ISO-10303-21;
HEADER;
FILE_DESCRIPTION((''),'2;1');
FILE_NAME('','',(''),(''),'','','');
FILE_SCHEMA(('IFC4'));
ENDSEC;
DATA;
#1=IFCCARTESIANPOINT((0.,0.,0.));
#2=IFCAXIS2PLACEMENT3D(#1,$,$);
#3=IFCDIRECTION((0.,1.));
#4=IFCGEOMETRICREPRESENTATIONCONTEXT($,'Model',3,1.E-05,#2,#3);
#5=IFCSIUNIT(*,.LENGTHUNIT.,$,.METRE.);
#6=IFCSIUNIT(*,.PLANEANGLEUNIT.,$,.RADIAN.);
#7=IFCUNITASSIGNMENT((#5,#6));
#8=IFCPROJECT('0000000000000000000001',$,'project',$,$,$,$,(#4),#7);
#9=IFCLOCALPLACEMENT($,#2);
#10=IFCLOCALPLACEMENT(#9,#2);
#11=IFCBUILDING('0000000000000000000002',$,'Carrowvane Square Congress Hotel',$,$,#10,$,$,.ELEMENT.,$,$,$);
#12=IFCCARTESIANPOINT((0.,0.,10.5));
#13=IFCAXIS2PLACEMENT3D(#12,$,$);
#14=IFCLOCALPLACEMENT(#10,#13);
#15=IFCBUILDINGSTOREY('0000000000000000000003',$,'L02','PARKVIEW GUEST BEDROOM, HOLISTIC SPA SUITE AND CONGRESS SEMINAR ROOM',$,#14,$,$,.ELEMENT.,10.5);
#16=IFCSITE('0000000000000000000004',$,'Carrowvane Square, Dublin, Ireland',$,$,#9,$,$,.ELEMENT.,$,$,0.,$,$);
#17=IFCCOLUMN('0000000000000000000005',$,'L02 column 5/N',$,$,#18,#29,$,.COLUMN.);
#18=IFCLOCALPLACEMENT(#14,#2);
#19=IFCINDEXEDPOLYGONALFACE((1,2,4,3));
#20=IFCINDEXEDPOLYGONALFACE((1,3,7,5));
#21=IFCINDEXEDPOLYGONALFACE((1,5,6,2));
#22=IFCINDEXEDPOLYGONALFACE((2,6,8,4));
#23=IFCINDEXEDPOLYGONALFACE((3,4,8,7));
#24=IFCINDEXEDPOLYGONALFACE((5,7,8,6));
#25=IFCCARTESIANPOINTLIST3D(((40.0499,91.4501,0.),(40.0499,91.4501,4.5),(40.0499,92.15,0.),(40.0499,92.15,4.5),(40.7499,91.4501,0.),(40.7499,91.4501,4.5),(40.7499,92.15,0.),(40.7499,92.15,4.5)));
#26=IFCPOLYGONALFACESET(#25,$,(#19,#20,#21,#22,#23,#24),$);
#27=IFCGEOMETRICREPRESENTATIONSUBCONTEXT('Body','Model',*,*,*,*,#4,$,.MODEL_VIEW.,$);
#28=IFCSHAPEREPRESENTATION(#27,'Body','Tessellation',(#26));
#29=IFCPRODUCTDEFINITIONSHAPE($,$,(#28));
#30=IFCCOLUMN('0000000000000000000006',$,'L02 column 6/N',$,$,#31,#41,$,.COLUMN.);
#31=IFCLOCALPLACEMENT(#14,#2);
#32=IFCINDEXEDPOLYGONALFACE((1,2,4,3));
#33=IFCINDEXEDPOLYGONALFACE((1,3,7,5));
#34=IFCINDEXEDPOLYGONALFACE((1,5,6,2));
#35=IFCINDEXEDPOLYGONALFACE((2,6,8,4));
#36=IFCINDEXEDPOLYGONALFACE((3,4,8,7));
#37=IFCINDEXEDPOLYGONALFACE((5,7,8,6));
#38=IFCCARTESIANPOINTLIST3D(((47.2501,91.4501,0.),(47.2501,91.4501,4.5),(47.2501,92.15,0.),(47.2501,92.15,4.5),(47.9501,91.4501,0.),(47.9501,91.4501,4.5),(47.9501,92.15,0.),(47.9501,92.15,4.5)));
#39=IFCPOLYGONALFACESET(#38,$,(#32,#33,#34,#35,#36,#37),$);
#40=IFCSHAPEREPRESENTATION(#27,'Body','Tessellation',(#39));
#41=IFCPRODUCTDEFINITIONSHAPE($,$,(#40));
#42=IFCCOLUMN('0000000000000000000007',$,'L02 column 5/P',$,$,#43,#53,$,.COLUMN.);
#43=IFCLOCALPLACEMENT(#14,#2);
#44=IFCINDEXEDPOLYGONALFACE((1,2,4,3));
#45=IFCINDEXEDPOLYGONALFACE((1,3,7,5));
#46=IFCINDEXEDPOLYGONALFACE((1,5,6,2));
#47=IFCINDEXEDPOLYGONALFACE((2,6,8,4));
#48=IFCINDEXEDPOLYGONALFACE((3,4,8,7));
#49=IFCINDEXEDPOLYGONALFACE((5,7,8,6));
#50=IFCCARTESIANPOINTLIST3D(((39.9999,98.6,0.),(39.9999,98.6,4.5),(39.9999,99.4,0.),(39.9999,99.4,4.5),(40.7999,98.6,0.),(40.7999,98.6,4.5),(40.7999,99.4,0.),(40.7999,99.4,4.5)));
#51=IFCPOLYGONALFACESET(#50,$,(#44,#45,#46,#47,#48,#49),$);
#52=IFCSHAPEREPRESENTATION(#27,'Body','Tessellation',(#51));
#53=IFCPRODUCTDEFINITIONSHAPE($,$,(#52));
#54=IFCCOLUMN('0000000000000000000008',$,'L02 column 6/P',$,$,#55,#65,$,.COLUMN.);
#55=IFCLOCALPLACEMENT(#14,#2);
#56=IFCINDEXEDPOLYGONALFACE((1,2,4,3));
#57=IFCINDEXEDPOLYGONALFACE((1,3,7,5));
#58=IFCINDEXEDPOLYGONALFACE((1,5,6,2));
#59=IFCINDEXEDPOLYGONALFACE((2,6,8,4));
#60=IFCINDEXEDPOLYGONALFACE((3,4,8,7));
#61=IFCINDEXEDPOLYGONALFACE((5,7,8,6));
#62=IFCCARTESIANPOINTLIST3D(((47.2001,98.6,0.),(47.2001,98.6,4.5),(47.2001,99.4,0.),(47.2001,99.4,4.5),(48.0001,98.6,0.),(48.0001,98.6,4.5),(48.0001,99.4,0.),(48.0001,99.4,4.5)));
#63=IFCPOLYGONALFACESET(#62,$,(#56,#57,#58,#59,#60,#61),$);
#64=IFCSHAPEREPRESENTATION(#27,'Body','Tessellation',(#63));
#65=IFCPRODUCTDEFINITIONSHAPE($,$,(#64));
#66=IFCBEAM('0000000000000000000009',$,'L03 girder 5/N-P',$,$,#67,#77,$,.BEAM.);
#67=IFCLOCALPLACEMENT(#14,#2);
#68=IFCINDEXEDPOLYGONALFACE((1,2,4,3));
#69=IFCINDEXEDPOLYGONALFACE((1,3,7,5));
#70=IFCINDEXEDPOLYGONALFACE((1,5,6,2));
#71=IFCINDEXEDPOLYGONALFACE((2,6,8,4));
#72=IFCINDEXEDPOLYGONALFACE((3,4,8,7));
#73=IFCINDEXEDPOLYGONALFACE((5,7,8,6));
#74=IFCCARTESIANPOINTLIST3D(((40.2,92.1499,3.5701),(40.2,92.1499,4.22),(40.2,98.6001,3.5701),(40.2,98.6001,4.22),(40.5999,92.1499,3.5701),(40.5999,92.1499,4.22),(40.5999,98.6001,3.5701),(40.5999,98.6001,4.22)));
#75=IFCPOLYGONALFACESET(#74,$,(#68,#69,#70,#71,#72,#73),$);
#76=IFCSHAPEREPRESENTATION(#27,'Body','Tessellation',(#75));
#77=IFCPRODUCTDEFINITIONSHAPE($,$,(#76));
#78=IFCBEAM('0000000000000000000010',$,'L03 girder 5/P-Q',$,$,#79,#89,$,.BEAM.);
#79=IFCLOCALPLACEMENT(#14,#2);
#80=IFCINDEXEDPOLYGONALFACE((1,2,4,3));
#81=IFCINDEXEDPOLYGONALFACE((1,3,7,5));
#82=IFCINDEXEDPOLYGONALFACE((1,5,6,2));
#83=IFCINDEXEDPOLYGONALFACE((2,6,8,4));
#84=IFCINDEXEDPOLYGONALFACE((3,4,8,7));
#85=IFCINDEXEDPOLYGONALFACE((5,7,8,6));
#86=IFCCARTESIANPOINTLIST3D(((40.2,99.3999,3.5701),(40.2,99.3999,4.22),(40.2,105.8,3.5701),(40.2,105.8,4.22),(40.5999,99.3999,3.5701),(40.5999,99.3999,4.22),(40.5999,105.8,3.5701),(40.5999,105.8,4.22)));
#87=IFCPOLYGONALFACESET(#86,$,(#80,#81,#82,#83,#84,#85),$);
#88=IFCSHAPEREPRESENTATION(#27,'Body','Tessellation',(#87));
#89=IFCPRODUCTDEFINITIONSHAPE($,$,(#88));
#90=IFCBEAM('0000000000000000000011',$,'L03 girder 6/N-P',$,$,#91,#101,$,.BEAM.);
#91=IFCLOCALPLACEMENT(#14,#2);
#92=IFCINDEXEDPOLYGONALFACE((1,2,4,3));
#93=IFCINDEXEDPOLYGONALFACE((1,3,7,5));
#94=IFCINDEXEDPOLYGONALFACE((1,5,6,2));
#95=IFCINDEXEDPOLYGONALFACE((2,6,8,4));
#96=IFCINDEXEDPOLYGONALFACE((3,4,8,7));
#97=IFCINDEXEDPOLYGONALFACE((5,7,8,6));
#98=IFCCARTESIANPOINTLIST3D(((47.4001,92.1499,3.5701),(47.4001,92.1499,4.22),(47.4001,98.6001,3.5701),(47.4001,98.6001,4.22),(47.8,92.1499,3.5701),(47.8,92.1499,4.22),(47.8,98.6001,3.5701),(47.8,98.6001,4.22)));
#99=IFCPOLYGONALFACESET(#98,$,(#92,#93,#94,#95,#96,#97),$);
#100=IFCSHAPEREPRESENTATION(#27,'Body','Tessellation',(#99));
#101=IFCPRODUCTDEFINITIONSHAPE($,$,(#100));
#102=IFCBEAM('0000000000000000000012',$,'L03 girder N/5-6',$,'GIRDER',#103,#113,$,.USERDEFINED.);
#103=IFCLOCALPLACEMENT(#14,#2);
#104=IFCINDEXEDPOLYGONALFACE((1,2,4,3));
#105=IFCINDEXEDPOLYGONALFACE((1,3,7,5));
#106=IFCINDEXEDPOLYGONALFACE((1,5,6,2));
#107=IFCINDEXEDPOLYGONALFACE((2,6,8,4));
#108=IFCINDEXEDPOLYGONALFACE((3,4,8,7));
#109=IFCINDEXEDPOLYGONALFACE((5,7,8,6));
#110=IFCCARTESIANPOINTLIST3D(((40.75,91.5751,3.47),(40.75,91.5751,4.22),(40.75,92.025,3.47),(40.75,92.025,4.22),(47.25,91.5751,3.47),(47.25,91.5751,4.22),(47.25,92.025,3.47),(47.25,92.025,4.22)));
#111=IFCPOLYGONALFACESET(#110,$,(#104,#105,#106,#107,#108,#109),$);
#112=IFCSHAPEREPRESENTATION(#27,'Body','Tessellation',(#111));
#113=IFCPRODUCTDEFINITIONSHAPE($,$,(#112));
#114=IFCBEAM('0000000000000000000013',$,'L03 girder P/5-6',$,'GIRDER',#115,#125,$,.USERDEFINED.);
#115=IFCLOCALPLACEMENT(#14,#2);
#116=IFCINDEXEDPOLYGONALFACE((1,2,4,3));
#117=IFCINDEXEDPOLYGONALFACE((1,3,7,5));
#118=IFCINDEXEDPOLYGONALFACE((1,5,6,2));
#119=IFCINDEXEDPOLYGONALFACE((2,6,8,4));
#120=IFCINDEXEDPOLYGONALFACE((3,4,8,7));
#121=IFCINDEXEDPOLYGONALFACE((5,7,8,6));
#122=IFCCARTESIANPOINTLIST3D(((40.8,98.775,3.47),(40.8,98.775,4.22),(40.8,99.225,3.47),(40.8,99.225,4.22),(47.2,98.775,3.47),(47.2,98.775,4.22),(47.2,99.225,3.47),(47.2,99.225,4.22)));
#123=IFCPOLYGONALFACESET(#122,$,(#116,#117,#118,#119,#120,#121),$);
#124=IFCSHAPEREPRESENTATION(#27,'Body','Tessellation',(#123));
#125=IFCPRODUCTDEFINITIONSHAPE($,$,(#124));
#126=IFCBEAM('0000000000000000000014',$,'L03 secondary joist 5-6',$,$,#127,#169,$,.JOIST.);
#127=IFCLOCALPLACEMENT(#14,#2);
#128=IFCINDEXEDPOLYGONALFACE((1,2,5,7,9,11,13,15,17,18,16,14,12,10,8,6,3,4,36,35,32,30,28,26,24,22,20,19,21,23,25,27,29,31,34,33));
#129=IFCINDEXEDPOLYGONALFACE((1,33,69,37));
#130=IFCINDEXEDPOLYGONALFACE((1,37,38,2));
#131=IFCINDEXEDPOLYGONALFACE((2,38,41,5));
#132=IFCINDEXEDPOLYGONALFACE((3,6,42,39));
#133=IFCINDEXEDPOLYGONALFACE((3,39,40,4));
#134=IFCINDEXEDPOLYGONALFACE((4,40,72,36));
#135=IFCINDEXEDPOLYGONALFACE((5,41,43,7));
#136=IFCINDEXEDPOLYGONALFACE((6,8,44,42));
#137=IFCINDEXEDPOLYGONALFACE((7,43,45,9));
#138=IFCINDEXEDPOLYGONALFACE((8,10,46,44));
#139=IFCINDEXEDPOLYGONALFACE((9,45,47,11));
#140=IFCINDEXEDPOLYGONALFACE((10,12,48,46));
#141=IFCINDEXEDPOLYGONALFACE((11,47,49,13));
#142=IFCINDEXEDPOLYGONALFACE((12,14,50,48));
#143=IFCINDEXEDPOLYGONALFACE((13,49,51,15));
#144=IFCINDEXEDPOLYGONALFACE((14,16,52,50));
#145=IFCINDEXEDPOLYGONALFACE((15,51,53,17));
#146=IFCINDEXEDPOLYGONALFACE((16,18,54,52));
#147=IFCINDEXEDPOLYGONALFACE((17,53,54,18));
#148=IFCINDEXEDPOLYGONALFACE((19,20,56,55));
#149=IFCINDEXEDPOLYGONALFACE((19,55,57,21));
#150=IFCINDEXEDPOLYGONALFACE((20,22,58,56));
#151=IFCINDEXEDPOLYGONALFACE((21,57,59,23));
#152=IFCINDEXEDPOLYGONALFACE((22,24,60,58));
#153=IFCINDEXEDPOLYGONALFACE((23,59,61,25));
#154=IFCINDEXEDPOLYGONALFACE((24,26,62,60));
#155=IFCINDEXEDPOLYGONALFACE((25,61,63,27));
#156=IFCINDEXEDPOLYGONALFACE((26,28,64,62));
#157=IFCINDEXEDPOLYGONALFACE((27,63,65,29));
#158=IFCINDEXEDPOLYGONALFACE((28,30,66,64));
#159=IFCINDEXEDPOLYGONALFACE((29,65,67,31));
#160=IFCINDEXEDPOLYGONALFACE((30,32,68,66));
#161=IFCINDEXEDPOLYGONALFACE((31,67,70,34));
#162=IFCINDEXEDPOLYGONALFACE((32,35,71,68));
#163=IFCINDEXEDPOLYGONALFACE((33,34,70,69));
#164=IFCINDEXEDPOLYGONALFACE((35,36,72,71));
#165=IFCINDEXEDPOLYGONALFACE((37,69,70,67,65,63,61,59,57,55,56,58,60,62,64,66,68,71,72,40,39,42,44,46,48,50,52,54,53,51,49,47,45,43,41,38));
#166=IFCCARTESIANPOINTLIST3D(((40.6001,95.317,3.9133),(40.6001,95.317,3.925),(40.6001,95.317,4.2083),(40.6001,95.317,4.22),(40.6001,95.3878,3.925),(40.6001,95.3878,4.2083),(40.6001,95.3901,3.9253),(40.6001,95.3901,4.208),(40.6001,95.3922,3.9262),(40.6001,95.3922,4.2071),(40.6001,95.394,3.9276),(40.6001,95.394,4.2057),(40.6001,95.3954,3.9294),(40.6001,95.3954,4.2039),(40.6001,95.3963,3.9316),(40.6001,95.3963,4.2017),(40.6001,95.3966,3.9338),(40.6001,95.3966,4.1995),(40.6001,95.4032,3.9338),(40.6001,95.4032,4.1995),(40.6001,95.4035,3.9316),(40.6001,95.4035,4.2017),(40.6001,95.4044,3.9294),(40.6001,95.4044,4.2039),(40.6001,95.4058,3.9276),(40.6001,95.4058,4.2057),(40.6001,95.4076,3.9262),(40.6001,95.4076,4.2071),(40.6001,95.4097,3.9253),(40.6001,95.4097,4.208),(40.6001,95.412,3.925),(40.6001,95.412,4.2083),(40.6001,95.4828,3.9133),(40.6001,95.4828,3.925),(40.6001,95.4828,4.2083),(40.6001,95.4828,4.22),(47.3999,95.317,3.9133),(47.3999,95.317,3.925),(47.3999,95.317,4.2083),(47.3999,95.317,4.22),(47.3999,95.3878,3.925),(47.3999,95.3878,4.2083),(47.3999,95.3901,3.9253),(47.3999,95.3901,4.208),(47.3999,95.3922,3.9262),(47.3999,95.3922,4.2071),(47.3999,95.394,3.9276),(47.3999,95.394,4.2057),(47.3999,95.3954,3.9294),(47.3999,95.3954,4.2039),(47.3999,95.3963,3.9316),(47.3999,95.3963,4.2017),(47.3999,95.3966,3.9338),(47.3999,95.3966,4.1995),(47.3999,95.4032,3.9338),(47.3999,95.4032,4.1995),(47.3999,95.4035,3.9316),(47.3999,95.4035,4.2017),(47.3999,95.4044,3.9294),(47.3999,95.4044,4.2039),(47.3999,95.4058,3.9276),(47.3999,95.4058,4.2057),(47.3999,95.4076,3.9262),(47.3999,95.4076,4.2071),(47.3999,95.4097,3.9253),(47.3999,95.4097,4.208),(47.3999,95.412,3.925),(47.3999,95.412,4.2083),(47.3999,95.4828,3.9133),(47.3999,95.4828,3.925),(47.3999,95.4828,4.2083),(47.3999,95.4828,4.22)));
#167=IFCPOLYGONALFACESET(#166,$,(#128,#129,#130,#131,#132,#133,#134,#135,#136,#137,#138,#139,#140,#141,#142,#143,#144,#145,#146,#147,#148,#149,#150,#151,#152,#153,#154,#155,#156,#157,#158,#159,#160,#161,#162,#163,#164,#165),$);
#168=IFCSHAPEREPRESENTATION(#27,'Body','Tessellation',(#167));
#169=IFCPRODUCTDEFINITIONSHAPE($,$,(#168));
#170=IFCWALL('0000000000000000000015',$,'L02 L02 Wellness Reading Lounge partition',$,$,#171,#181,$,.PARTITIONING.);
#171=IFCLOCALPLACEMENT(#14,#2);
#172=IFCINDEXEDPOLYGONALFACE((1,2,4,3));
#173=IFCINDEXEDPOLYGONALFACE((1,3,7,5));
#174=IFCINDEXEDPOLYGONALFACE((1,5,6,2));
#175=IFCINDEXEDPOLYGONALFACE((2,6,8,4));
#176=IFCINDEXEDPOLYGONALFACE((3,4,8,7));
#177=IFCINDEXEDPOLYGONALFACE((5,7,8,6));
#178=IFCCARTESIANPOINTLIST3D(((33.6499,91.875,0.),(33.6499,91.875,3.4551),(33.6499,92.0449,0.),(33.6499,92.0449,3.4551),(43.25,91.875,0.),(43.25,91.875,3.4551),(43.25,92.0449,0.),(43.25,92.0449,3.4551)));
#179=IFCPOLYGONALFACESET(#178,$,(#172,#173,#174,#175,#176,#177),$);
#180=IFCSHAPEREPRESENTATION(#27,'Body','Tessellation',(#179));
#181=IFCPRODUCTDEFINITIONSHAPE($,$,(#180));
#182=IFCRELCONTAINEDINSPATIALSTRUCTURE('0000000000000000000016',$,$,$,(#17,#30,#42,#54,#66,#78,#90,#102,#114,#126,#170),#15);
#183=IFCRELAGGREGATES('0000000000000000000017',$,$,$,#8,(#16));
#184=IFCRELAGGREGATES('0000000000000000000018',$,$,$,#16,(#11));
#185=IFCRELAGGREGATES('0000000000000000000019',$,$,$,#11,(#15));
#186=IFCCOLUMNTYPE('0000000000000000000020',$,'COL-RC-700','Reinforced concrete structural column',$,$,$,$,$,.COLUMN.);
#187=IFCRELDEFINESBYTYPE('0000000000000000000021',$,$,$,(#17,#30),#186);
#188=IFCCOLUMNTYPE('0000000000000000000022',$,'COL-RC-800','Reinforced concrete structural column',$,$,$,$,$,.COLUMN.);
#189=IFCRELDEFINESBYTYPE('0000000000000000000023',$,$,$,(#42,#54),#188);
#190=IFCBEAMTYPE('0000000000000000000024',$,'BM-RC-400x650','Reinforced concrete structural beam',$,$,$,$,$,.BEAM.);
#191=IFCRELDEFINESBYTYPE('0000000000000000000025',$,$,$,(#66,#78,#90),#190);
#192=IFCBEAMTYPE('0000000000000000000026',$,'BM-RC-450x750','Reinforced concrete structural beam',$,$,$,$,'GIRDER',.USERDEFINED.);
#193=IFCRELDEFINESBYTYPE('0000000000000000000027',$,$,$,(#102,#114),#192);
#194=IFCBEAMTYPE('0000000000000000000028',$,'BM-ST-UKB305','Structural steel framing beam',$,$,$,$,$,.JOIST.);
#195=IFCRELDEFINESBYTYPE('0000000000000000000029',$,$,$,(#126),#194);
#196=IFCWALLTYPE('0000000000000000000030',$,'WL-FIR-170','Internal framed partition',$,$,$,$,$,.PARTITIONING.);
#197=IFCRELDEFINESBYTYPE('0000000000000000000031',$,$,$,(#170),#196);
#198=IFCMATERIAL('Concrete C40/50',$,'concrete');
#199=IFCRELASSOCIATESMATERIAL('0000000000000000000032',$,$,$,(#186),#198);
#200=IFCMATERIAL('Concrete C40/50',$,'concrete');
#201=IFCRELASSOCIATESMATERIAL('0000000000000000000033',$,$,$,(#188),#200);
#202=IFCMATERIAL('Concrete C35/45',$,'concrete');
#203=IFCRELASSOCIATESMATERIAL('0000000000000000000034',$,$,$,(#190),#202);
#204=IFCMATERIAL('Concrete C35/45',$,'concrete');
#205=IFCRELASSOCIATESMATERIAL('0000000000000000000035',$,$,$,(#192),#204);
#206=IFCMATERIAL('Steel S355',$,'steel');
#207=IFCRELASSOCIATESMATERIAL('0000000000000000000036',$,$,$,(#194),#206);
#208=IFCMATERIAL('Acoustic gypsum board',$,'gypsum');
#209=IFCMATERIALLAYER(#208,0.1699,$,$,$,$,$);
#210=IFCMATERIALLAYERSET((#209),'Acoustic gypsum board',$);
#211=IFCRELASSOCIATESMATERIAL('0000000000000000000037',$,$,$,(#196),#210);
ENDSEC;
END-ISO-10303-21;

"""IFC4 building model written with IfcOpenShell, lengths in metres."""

from ifc_helpers import new_model, si_unit, direction, frame, frame_2d, origin, origin_2d, place, context, subcontext, project, spatial, rectangle, i_section, extrude, material, layer, layer_set, material_profile, profile_set, type_object, element, save


model = new_model("IFC4")

# Units and contexts
model_context = context("Model", 3, precision=1e-05, world=origin(), true_north=direction((0.0, 1.0)))
body_context = subcontext(model_context, "Body", "Model", "MODEL_VIEW")
ifc_project = project(units=[si_unit("LENGTHUNIT", "METRE"), si_unit("PLANEANGLEUNIT", "RADIAN")], contexts=[model_context])

# Site, building, storey
site_placement = place(None, origin())
site = spatial("IfcSite", under=ifc_project, at=site_placement, Name="Carrowvane Square, Dublin, Ireland", CompositionType="ELEMENT", RefElevation=0.0)
building_placement = place(site_placement, origin())
building = spatial("IfcBuilding", under=site, at=building_placement, Name="Carrowvane Square Congress Hotel", CompositionType="ELEMENT")
storey_placement = place(building_placement, frame((0.0, 0.0, 10.5)))
storey = spatial("IfcBuildingStorey", under=building, at=storey_placement, Name="L02", Description="PARKVIEW GUEST BEDROOM, HOLISTIC SPA SUITE AND CONGRESS SEMINAR ROOM", CompositionType="ELEMENT", Elevation=10.5)

# Columns
ifc_material_1 = material(Name="Concrete C40/50", Category="concrete")
ifc_material_profile_1 = material_profile(ifc_material_1, rectangle(XDim=0.7, YDim=0.7, at=origin_2d()), Name="RC 700x700")
ifc_profile_set_1 = profile_set([ifc_material_profile_1], Name="Concrete C40/50")
column_type_1 = type_object("IfcColumnType", Name="COL-RC-700", Description="Reinforced concrete structural column", PredefinedType="COLUMN", material=ifc_profile_set_1)
for number, where, z_axis, x_axis, name in (
    (1, (40.3999, 91.8, 0.0), (0.0, 0.0, 1.0), (1.0, 0.0, 0.0), "L02 column 5/N"),
    (2, (47.6001, 91.8, 0.0), (0.0, 0.0, 1.0), (1.0, 0.0, 0.0), "L02 column 6/N"),
):
    element("IfcColumn", number, at=place(storey_placement, frame(where, z_axis=z_axis, x_axis=x_axis)), inside=storey, type_object=column_type_1, Name=name, PredefinedType="COLUMN", context=body_context, shape_type="SweptSolid", body=[
        extrude(rectangle(XDim=0.7, YDim=0.7, at=origin_2d()), origin(), (0.0, 0.0, 1.0), 4.5),
    ])
ifc_material_2 = material(Name="Concrete C40/50", Category="concrete")
ifc_material_profile_2 = material_profile(ifc_material_2, rectangle(XDim=0.8, YDim=0.8, at=origin_2d()), Name="RC 800x800")
ifc_profile_set_2 = profile_set([ifc_material_profile_2], Name="Concrete C40/50")
column_type_2 = type_object("IfcColumnType", Name="COL-RC-800", Description="Reinforced concrete structural column", PredefinedType="COLUMN", material=ifc_profile_set_2)
for number, where, z_axis, x_axis, name in (
    (3, (40.3999, 99.0, 0.0), (0.0, 0.0, 1.0), (1.0, 0.0, 0.0), "L02 column 5/P"),
    (4, (47.6001, 99.0, 0.0), (0.0, 0.0, 1.0), (1.0, 0.0, 0.0), "L02 column 6/P"),
):
    element("IfcColumn", number, at=place(storey_placement, frame(where, z_axis=z_axis, x_axis=x_axis)), inside=storey, type_object=column_type_2, Name=name, PredefinedType="COLUMN", context=body_context, shape_type="SweptSolid", body=[
        extrude(rectangle(XDim=0.8, YDim=0.8, at=origin_2d()), origin(), (0.0, 0.0, 1.0), 4.5),
    ])

# Beams
ifc_material_3 = material(Name="Concrete C35/45", Category="concrete")
ifc_material_profile_3 = material_profile(ifc_material_3, rectangle(XDim=0.3999, YDim=0.6499, at=origin_2d()), Name="RC 400x650")
ifc_profile_set_3 = profile_set([ifc_material_profile_3], Name="Concrete C35/45")
beam_type_1 = type_object("IfcBeamType", Name="BM-RC-400x650", Description="Reinforced concrete structural beam", PredefinedType="BEAM", material=ifc_profile_set_3)
beam_1_placement = place(storey_placement, frame((40.3999, 92.1499, 3.895), z_axis=(0.0, 1.0, 0.0), x_axis=(-1.0, 0.0, 0.0)))
element("IfcBeam", 5, at=beam_1_placement, inside=storey, type_object=beam_type_1, Name="L03 girder 5/N-P", PredefinedType="BEAM", context=body_context, shape_type="SweptSolid", body=[
    extrude(rectangle(XDim=0.3999, YDim=0.6499, at=origin_2d()), origin(), (0.0, 0.0, 1.0), 6.4502),
])
beam_2_placement = place(storey_placement, frame((40.3999, 99.3999, 3.895), z_axis=(0.0, 1.0, 0.0), x_axis=(-1.0, 0.0, 0.0)))
element("IfcBeam", 6, at=beam_2_placement, inside=storey, type_object=beam_type_1, Name="L03 girder 5/P-Q", PredefinedType="BEAM", context=body_context, shape_type="SweptSolid", body=[
    extrude(rectangle(XDim=0.3999, YDim=0.6499, at=origin_2d()), origin(), (0.0, 0.0, 1.0), 6.4001),
])
beam_3_placement = place(storey_placement, frame((47.6001, 92.1499, 3.895), z_axis=(0.0, 1.0, 0.0), x_axis=(-1.0, 0.0, 0.0)))
element("IfcBeam", 7, at=beam_3_placement, inside=storey, type_object=beam_type_1, Name="L03 girder 6/N-P", PredefinedType="BEAM", context=body_context, shape_type="SweptSolid", body=[
    extrude(rectangle(XDim=0.3999, YDim=0.6499, at=origin_2d()), origin(), (0.0, 0.0, 1.0), 6.4502),
])
ifc_material_4 = material(Name="Concrete C35/45", Category="concrete")
ifc_material_profile_4 = material_profile(ifc_material_4, rectangle(XDim=0.45, YDim=0.75, at=origin_2d()), Name="RC 450x750")
ifc_profile_set_4 = profile_set([ifc_material_profile_4], Name="Concrete C35/45")
beam_type_2 = type_object("IfcBeamType", Name="BM-RC-450x750", Description="Reinforced concrete structural beam", ElementType="GIRDER", PredefinedType="USERDEFINED", material=ifc_profile_set_4)
beam_4_placement = place(storey_placement, frame((40.75, 91.8, 3.845), z_axis=(1.0, 0.0, 0.0), x_axis=(0.0, 1.0, 0.0)))
element("IfcBeam", 8, at=beam_4_placement, inside=storey, type_object=beam_type_2, Name="L03 girder N/5-6", ObjectType="GIRDER", PredefinedType="USERDEFINED", context=body_context, shape_type="SweptSolid", body=[
    extrude(rectangle(XDim=0.45, YDim=0.75, at=origin_2d()), origin(), (0.0, 0.0, 1.0), 6.5),
])
beam_5_placement = place(storey_placement, frame((40.8, 99.0, 3.845), z_axis=(1.0, 0.0, 0.0), x_axis=(0.0, 1.0, 0.0)))
element("IfcBeam", 9, at=beam_5_placement, inside=storey, type_object=beam_type_2, Name="L03 girder P/5-6", ObjectType="GIRDER", PredefinedType="USERDEFINED", context=body_context, shape_type="SweptSolid", body=[
    extrude(rectangle(XDim=0.45, YDim=0.75, at=origin_2d()), origin(), (0.0, 0.0, 1.0), 6.3999),
])
ifc_material_5 = material(Name="Steel S355", Category="steel")
ifc_material_profile_5 = material_profile(ifc_material_5, i_section(OverallWidth=0.1658, OverallDepth=0.3066, WebThickness=0.0066, FlangeThickness=0.0117, FilletRadius=0.0088, at=origin_2d()), Name="UKB 305x165x46")
ifc_profile_set_5 = profile_set([ifc_material_profile_5], Name="Steel S355")
beam_type_3 = type_object("IfcBeamType", Name="BM-ST-UKB305", Description="Structural steel framing beam", PredefinedType="JOIST", material=ifc_profile_set_5)
beam_6_placement = place(storey_placement, frame((40.6001, 95.3999, 4.0667), z_axis=(1.0, 0.0, 0.0), x_axis=(0.0, 1.0, 0.0)))
element("IfcBeam", 10, at=beam_6_placement, inside=storey, type_object=beam_type_3, Name="L03 secondary joist 5-6", PredefinedType="JOIST", context=body_context, shape_type="SweptSolid", body=[
    extrude(i_section(OverallWidth=0.1658, OverallDepth=0.3066, WebThickness=0.0066, FlangeThickness=0.0117, FilletRadius=0.0088, at=origin_2d()), origin(), (0.0, 0.0, 1.0), 6.7998),
])

# Wall
ifc_material_6 = material(Name="Acoustic gypsum board", Category="gypsum")
ifc_layer_1 = layer(ifc_material_6, 0.1699)
ifc_layer_set_1 = layer_set([ifc_layer_1], Name="Acoustic gypsum board")
wall_type_1 = type_object("IfcWallType", Name="WL-FIR-170", Description="Internal framed partition", PredefinedType="PARTITIONING", material=ifc_layer_set_1)
wall_1_placement = place(storey_placement, frame((43.25, 91.96, 0.0), z_axis=(0.0, 0.0, 1.0), x_axis=(-1.0, 0.0, 0.0)))
element("IfcWall", 11, at=wall_1_placement, inside=storey, type_object=wall_type_1, Name="L02 L02 Wellness Reading Lounge partition", PredefinedType="PARTITIONING", context=body_context, shape_type="SweptSolid", body=[
    extrude(rectangle(XDim=9.6001, YDim=0.1699, at=frame_2d((4.8, 0.0))), origin(), (0.0, 0.0, 1.0), 3.4551),
])

save(model, "model.ifc")
